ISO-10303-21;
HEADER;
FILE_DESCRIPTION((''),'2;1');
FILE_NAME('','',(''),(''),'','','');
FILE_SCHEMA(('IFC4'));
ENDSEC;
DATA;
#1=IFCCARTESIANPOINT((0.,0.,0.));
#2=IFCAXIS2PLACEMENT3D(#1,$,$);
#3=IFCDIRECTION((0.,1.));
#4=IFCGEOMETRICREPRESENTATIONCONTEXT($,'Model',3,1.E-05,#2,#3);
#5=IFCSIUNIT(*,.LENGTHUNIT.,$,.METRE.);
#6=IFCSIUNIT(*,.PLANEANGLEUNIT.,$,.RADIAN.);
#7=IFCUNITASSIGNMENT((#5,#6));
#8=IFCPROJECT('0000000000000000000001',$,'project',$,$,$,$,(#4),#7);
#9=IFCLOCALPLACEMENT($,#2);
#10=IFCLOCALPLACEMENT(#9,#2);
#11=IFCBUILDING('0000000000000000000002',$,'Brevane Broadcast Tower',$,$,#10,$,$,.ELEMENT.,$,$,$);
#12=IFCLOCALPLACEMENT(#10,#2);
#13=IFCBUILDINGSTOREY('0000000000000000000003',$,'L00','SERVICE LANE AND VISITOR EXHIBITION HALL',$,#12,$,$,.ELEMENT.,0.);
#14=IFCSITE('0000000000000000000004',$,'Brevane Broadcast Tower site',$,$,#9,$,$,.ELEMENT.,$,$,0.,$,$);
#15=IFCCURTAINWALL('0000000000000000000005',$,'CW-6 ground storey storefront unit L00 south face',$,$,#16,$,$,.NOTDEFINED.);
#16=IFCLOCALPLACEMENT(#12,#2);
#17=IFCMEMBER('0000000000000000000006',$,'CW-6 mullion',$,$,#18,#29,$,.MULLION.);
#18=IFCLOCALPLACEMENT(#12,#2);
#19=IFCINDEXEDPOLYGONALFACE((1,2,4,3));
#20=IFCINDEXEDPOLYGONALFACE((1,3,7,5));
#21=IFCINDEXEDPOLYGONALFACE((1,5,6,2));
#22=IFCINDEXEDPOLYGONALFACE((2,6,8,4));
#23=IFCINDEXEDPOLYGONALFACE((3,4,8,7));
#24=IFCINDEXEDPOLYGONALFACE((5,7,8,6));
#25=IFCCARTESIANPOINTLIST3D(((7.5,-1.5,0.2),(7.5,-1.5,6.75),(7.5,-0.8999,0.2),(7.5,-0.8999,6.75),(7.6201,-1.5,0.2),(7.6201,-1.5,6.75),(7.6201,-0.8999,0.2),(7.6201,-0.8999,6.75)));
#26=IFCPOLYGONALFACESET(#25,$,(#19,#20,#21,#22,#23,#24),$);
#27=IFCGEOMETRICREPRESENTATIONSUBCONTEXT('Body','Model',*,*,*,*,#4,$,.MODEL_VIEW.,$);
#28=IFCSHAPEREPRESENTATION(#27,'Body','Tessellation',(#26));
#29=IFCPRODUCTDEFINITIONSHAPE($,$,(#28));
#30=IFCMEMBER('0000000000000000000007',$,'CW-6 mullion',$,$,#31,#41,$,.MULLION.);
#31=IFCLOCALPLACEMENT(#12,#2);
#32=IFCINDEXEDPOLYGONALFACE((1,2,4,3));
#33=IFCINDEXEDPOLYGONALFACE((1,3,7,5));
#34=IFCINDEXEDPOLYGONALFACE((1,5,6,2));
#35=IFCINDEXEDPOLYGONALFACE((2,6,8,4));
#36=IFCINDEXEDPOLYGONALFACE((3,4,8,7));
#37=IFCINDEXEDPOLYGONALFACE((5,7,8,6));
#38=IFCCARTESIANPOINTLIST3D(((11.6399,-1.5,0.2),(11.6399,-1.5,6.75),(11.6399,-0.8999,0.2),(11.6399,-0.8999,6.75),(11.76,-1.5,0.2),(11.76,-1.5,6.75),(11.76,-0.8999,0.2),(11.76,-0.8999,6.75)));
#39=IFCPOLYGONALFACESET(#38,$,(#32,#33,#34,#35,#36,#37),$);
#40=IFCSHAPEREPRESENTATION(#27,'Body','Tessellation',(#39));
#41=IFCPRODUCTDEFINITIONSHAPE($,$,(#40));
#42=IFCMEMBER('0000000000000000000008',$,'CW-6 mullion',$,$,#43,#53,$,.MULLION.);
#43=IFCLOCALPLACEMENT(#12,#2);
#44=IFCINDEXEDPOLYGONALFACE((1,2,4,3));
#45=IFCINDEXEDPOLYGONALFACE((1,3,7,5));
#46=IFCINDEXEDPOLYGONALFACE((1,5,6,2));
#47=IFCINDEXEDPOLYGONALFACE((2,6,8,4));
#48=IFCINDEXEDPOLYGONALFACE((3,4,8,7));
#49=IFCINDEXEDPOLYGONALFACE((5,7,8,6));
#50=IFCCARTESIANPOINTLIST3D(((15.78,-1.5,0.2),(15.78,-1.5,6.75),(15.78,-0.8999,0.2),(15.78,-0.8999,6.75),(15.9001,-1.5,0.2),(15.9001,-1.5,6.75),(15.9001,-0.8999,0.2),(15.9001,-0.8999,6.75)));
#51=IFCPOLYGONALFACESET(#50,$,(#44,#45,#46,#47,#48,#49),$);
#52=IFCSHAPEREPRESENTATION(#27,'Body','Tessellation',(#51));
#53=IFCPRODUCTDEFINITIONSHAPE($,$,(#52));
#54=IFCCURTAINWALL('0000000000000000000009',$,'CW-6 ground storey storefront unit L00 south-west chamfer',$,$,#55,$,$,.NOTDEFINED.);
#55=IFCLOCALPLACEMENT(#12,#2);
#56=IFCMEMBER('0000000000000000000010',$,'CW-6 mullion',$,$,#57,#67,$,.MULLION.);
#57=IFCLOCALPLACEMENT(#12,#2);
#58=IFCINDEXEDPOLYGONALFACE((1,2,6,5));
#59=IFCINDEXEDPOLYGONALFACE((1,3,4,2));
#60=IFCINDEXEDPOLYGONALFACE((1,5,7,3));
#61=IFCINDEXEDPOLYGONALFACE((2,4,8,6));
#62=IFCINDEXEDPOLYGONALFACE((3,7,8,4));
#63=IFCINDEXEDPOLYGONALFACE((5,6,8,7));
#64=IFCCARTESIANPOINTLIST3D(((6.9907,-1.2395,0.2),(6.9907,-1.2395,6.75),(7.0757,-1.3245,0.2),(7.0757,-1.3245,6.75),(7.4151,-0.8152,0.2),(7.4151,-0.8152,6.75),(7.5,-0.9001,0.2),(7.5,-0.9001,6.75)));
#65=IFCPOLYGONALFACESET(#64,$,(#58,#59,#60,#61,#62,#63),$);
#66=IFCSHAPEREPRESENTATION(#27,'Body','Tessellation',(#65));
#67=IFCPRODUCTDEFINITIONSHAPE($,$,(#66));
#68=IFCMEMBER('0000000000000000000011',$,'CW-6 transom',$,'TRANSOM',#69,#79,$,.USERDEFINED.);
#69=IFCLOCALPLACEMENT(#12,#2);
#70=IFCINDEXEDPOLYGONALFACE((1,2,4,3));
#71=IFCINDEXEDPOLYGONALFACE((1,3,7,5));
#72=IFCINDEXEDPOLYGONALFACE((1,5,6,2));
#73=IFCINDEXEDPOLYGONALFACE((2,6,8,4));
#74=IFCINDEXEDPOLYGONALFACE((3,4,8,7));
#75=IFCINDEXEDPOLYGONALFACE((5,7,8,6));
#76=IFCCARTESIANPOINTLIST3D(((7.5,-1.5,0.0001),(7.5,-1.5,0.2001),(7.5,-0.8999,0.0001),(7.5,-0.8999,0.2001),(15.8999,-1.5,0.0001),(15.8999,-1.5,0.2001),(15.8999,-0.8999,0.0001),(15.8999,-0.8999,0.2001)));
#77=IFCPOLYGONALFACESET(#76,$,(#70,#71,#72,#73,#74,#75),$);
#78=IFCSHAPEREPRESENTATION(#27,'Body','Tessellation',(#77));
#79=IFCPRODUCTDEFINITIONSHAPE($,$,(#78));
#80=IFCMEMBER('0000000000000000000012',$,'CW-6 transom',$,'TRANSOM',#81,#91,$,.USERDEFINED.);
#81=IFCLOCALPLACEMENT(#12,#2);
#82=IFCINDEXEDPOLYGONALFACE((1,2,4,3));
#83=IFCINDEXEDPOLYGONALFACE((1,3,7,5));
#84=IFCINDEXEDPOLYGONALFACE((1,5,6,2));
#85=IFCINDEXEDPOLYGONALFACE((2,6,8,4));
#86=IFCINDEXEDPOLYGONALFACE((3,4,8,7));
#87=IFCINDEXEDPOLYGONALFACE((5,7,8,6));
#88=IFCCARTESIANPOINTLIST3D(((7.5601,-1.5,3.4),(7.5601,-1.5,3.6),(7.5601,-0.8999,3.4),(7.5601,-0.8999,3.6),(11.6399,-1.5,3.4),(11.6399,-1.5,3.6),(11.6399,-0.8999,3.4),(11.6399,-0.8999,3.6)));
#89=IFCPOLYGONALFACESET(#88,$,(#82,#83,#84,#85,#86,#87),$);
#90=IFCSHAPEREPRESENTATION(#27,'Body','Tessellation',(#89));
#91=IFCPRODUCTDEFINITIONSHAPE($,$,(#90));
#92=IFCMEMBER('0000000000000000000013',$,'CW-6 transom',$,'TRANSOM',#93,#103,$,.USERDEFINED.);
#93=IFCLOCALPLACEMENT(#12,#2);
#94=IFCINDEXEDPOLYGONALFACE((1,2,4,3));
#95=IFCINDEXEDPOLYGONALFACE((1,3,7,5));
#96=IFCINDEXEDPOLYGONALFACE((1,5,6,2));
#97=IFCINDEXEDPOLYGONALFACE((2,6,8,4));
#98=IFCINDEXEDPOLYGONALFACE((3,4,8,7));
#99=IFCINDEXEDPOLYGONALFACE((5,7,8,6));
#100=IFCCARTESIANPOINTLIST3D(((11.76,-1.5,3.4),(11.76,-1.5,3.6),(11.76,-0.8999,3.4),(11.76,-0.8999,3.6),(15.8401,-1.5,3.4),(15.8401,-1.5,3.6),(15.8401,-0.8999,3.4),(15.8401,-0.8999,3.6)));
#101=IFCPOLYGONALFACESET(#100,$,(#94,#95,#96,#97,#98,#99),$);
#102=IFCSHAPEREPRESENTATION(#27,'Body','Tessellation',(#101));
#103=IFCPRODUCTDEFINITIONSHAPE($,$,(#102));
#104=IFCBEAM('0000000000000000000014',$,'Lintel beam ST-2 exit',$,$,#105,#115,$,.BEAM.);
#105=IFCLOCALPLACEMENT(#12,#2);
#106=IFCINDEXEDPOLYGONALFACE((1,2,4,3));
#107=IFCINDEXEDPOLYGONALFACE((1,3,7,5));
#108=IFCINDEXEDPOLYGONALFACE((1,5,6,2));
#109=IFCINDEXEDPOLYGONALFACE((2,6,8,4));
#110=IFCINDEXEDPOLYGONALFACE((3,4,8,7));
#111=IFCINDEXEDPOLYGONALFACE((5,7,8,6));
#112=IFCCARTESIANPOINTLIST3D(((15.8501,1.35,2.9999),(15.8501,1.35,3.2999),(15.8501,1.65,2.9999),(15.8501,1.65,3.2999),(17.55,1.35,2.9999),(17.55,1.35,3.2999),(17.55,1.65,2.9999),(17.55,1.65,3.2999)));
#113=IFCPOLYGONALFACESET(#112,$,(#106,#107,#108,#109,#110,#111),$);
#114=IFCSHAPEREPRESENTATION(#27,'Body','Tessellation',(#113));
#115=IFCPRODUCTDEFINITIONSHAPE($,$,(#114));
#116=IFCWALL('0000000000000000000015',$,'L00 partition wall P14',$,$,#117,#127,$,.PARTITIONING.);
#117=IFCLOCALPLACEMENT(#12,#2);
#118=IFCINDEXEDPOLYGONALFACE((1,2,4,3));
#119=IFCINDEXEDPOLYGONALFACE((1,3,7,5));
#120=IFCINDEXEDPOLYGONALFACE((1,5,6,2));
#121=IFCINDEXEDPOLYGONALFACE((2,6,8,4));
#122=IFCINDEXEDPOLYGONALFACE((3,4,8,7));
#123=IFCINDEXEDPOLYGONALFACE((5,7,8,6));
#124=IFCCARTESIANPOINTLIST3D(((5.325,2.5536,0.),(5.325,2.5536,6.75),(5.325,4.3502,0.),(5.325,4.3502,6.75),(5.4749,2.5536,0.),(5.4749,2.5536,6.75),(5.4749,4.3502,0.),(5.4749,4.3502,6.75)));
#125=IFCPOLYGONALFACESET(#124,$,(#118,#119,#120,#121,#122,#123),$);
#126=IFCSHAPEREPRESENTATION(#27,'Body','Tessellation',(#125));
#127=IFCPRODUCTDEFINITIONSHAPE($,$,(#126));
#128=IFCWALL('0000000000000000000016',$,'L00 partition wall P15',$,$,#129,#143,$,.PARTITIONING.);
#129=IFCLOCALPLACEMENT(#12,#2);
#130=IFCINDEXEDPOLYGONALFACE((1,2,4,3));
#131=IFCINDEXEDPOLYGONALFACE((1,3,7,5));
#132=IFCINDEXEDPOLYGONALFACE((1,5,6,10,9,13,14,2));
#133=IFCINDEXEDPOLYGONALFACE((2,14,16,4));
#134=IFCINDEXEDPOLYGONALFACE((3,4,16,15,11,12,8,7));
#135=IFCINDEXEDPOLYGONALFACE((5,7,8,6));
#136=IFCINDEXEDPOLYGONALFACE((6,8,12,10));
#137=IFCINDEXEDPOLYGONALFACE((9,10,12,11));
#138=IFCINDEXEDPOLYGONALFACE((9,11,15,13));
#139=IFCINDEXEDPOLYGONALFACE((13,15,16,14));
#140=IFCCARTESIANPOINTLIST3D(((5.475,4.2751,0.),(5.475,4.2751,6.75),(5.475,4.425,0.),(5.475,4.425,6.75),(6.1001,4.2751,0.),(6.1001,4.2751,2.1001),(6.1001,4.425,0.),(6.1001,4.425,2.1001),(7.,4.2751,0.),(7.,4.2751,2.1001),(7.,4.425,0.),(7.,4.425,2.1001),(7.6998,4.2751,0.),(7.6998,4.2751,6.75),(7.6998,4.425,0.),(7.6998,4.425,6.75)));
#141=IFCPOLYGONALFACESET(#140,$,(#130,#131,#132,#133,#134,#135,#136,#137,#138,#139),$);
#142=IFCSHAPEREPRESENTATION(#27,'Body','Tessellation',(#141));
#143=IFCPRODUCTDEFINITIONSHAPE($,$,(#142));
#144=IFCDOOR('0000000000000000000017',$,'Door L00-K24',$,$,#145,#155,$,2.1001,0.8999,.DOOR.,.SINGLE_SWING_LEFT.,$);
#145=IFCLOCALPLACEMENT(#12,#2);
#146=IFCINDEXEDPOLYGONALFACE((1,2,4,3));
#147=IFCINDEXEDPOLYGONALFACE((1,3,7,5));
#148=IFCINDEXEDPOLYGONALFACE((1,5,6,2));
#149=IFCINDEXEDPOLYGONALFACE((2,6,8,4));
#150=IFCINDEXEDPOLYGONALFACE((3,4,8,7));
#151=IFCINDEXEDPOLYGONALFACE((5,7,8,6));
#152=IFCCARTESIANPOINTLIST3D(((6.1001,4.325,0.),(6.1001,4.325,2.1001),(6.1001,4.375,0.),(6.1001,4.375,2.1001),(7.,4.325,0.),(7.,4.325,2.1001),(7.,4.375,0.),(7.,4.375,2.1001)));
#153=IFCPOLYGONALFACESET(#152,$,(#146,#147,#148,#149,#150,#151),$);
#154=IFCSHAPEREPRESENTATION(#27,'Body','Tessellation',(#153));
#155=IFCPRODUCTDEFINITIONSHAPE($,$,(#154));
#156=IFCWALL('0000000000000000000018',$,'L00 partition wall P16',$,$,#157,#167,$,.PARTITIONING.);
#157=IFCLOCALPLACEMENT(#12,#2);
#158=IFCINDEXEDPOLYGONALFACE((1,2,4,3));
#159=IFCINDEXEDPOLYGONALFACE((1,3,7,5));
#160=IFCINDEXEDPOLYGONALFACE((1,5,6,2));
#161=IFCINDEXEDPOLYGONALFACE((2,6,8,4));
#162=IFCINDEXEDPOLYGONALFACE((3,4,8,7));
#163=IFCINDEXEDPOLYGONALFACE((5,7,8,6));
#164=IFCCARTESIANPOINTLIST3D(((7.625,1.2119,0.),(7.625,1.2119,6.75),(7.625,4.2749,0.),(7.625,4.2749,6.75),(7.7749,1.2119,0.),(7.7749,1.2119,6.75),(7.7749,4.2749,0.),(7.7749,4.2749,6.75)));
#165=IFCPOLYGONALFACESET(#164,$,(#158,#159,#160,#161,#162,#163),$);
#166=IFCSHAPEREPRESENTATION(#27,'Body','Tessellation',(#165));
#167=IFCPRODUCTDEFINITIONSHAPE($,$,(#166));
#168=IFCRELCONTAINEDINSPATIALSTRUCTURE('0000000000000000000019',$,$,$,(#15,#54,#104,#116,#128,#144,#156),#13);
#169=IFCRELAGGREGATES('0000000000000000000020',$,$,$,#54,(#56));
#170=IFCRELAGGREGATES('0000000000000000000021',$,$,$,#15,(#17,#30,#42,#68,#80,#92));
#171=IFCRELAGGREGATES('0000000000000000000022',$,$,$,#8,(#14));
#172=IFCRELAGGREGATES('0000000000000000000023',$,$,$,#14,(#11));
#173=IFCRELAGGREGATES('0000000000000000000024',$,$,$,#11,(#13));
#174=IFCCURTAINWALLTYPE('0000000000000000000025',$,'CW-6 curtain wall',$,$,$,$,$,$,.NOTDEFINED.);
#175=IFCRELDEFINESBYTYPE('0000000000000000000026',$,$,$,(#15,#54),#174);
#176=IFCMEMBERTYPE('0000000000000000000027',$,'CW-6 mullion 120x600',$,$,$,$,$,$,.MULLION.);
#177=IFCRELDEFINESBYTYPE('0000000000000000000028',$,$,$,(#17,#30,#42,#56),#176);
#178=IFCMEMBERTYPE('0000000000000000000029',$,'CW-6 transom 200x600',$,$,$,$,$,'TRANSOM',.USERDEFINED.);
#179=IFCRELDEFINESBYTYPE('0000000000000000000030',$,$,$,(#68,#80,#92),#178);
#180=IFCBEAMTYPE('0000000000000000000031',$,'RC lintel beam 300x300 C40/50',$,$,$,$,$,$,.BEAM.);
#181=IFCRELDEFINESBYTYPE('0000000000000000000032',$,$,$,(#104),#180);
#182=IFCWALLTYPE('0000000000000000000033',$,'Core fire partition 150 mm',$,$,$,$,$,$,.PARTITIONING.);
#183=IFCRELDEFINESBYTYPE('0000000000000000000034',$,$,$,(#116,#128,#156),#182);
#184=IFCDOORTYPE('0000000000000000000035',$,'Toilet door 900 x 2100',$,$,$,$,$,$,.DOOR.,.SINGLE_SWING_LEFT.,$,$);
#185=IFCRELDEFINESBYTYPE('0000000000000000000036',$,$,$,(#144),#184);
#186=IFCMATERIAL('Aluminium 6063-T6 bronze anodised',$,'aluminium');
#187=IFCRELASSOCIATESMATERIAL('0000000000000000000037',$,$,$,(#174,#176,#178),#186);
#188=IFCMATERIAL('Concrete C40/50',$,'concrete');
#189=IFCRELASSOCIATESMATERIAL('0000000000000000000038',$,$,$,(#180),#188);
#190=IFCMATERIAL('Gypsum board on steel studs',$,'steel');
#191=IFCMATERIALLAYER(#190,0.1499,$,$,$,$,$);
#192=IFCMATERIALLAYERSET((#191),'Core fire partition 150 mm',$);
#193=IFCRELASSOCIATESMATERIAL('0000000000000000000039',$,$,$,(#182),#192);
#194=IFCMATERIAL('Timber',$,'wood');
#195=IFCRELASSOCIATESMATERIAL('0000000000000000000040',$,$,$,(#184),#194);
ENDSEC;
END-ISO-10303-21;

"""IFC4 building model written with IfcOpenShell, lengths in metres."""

from ifc_helpers import new_model, si_unit, direction, frame, frame_2d, origin, origin_2d, place, context, subcontext, project, spatial, rectangle, extrude, material, layer, layer_set, material_profile, profile_set, type_object, element, fill, aggregate, save


model = new_model("IFC4")

# Units and contexts
model_context = context("Model", 3, precision=1e-05, world=origin(), true_north=direction((0.0, 1.0)))
body_context = subcontext(model_context, "Body", "Model", "MODEL_VIEW")
ifc_project = project(units=[si_unit("LENGTHUNIT", "METRE"), si_unit("PLANEANGLEUNIT", "RADIAN")], contexts=[model_context])

# Site, building, storey
site_placement = place(None, origin())
site = spatial("IfcSite", under=ifc_project, at=site_placement, Name="Brevane Broadcast Tower site", CompositionType="ELEMENT", RefElevation=0.0)
building_placement = place(site_placement, origin())
building = spatial("IfcBuilding", under=site, at=building_placement, Name="Brevane Broadcast Tower", CompositionType="ELEMENT")
storey_placement = place(building_placement, origin())
storey = spatial("IfcBuildingStorey", under=building, at=storey_placement, Name="L00", Description="SERVICE LANE AND VISITOR EXHIBITION HALL", CompositionType="ELEMENT", Elevation=0.0)

# Curtain wall, members
ifc_material_1 = material(Name="Aluminium 6063-T6 bronze anodised", Category="aluminium")
curtain_wall_type = type_object("IfcCurtainWallType", Name="CW-6 curtain wall", PredefinedType="NOTDEFINED", material=ifc_material_1)
curtain_wall_1_placement = place(storey_placement, origin())
curtain_wall_1 = element("IfcCurtainWall", 1, at=curtain_wall_1_placement, inside=storey, type_object=curtain_wall_type, Name="CW-6 ground storey storefront unit L00 south face", PredefinedType="NOTDEFINED")
ifc_material_profile_1 = material_profile(ifc_material_1, rectangle(XDim=0.6001, YDim=0.1201, at=origin_2d()), Name="RECT 120x600")
ifc_profile_set_1 = profile_set([ifc_material_profile_1], Name="Aluminium 6063-T6 bronze anodised")
member_type_1 = type_object("IfcMemberType", Name="CW-6 mullion 120x600", PredefinedType="MULLION", material=ifc_profile_set_1)
member_1_placement = place(storey_placement, frame((7.5601, -1.2, 0.2), z_axis=(0.0, 0.0, 1.0), x_axis=(0.0, 1.0, 0.0)))
member_1 = element("IfcMember", 2, at=member_1_placement, type_object=member_type_1, Name="CW-6 mullion", PredefinedType="MULLION", context=body_context, shape_type="SweptSolid", body=[
    extrude(rectangle(XDim=0.6001, YDim=0.1201, at=origin_2d()), origin(), (0.0, 0.0, 1.0), 6.55),
])
member_2_placement = place(storey_placement, frame((11.7, -1.2, 0.2), z_axis=(0.0, 0.0, 1.0), x_axis=(0.0, 1.0, 0.0)))
member_2 = element("IfcMember", 3, at=member_2_placement, type_object=member_type_1, Name="CW-6 mullion", PredefinedType="MULLION", context=body_context, shape_type="SweptSolid", body=[
    extrude(rectangle(XDim=0.6001, YDim=0.1201, at=origin_2d()), origin(), (0.0, 0.0, 1.0), 6.55),
])
member_3_placement = place(storey_placement, frame((15.8401, -1.2, 0.2), z_axis=(0.0, 0.0, 1.0), x_axis=(0.0, 1.0, 0.0)))
member_3 = element("IfcMember", 4, at=member_3_placement, type_object=member_type_1, Name="CW-6 mullion", PredefinedType="MULLION", context=body_context, shape_type="SweptSolid", body=[
    extrude(rectangle(XDim=0.6001, YDim=0.1201, at=origin_2d()), origin(), (0.0, 0.0, 1.0), 6.55),
])

# Curtain wall, member
curtain_wall_2_placement = place(storey_placement, origin())
curtain_wall_2 = element("IfcCurtainWall", 5, at=curtain_wall_2_placement, inside=storey, type_object=curtain_wall_type, Name="CW-6 ground storey storefront unit L00 south-west chamfer", PredefinedType="NOTDEFINED")
member_4_placement = place(storey_placement, frame((7.2454, -1.0698, 0.2), z_axis=(0.0, 0.0, 1.0), x_axis=(0.707107, 0.707107, 0.0)))
member_4 = element("IfcMember", 6, at=member_4_placement, type_object=member_type_1, Name="CW-6 mullion", PredefinedType="MULLION", context=body_context, shape_type="SweptSolid", body=[
    extrude(rectangle(XDim=0.6001, YDim=0.1201, at=origin_2d()), origin(), (0.0, 0.0, 1.0), 6.55),
])
aggregate(curtain_wall_2, [member_4])

# Members
ifc_material_profile_2 = material_profile(ifc_material_1, rectangle(XDim=0.6001, YDim=0.2, at=origin_2d()), Name="RECT 200x600")
ifc_profile_set_2 = profile_set([ifc_material_profile_2], Name="Aluminium 6063-T6 bronze anodised")
member_type_2 = type_object("IfcMemberType", Name="CW-6 transom 200x600", ElementType="TRANSOM", PredefinedType="USERDEFINED", material=ifc_profile_set_2)
member_5_placement = place(storey_placement, frame((7.5, -1.2, 0.1001), z_axis=(1.0, 0.0, 0.0), x_axis=(0.0, 1.0, 0.0)))
member_5 = element("IfcMember", 7, at=member_5_placement, type_object=member_type_2, Name="CW-6 transom", ObjectType="TRANSOM", PredefinedType="USERDEFINED", context=body_context, shape_type="SweptSolid", body=[
    extrude(rectangle(XDim=0.6001, YDim=0.2, at=origin_2d()), origin(), (0.0, 0.0, 1.0), 8.3999),
])
member_6_placement = place(storey_placement, frame((7.5601, -1.2, 3.5), z_axis=(1.0, 0.0, 0.0), x_axis=(0.0, 1.0, 0.0)))
member_6 = element("IfcMember", 8, at=member_6_placement, type_object=member_type_2, Name="CW-6 transom", ObjectType="TRANSOM", PredefinedType="USERDEFINED", context=body_context, shape_type="SweptSolid", body=[
    extrude(rectangle(XDim=0.6001, YDim=0.2, at=origin_2d()), origin(), (0.0, 0.0, 1.0), 4.0798),
])
member_7_placement = place(storey_placement, frame((11.76, -1.2, 3.5), z_axis=(1.0, 0.0, 0.0), x_axis=(0.0, 1.0, 0.0)))
member_7 = element("IfcMember", 9, at=member_7_placement, type_object=member_type_2, Name="CW-6 transom", ObjectType="TRANSOM", PredefinedType="USERDEFINED", context=body_context, shape_type="SweptSolid", body=[
    extrude(rectangle(XDim=0.6001, YDim=0.2, at=origin_2d()), origin(), (0.0, 0.0, 1.0), 4.0801),
])
aggregate(curtain_wall_1, [member_1, member_2, member_3, member_5, member_6, member_7])

# Beam
ifc_material_2 = material(Name="Concrete C40/50", Category="concrete")
ifc_material_profile_3 = material_profile(ifc_material_2, rectangle(XDim=0.3, YDim=0.3, at=origin_2d()), Name="RC 300x300")
ifc_profile_set_3 = profile_set([ifc_material_profile_3], Name="Concrete C40/50")
beam_type = type_object("IfcBeamType", Name="RC lintel beam 300x300 C40/50", PredefinedType="BEAM", material=ifc_profile_set_3)
beam_placement = place(storey_placement, frame((15.8501, 1.5, 3.1499), z_axis=(1.0, 0.0, 0.0), x_axis=(0.0, 1.0, 0.0)))
element("IfcBeam", 10, at=beam_placement, inside=storey, type_object=beam_type, Name="Lintel beam ST-2 exit", PredefinedType="BEAM", context=body_context, shape_type="SweptSolid", body=[
    extrude(rectangle(XDim=0.3, YDim=0.3, at=origin_2d()), origin(), (0.0, 0.0, 1.0), 1.7),
])

# Wall
ifc_material_3 = material(Name="Gypsum board on steel studs", Category="steel")
ifc_layer_1 = layer(ifc_material_3, 0.1499)
ifc_layer_set_1 = layer_set([ifc_layer_1], Name="Core fire partition 150 mm")
wall_type_1 = type_object("IfcWallType", Name="Core fire partition 150 mm", PredefinedType="PARTITIONING", material=ifc_layer_set_1)
wall_1_placement = place(storey_placement, frame((5.3999, 2.5535, 0.0), z_axis=(0.0, 0.0, 1.0), x_axis=(0.0, 1.0, 0.0)))
element("IfcWall", 11, at=wall_1_placement, inside=storey, type_object=wall_type_1, Name="L00 partition wall P14", PredefinedType="PARTITIONING", context=body_context, shape_type="SweptSolid", body=[
    extrude(rectangle(XDim=1.7966, YDim=0.1499, at=frame_2d((0.8984, 0.0))), origin(), (0.0, 0.0, 1.0), 6.75),
])

# Wall, opening, door
wall_2_placement = place(storey_placement, frame((5.4751, 4.3501, 0.0), z_axis=(0.0, 0.0, 1.0), x_axis=(1.0, 0.0, 0.0)))
wall_2 = element("IfcWall", 12, at=wall_2_placement, inside=storey, type_object=wall_type_1, Name="L00 partition wall P15", PredefinedType="PARTITIONING", context=body_context, shape_type="SweptSolid", body=[
    extrude(rectangle(XDim=2.2249, YDim=0.1499, at=frame_2d((1.1123, 0.0))), origin(), (0.0, 0.0, 1.0), 6.75),
])
opening_1_placement = place(wall_2_placement, frame((0.625, 0.0, 0.0)))
opening_1 = element("IfcOpeningElement", 13, at=opening_1_placement, cuts=wall_2, PredefinedType="OPENING", context=body_context, shape_type="SweptSolid", body=[
    extrude(rectangle(XDim=0.8999, YDim=2.1001, at=frame_2d((0.45, 1.05))), frame((0.0, 0.085, 0.0), z_axis=(0.0, -1.0, 0.0), x_axis=(1.0, 0.0, 0.0)), (0.0, 0.0, 1.0), 0.1699),
])
ifc_material_4 = material(Name="Timber", Category="wood")
door_type_1 = type_object("IfcDoorType", Name="Toilet door 900 x 2100", OperationType="SINGLE_SWING_LEFT", PredefinedType="DOOR", material=ifc_material_4)
door_1_placement = place(opening_1_placement, origin())
door_1 = element("IfcDoor", 14, at=door_1_placement, inside=storey, type_object=door_type_1, Name="Door L00-K24", OperationType="SINGLE_SWING_LEFT", OverallHeight=2.1001, OverallWidth=0.8999, PredefinedType="DOOR", context=body_context, shape_type="SweptSolid", body=[
    extrude(rectangle(XDim=0.8999, YDim=2.1001, at=frame_2d((0.45, 1.05))), frame((0.0, 0.0249, 0.0), z_axis=(0.0, -1.0, 0.0), x_axis=(1.0, 0.0, 0.0)), (0.0, 0.0, 1.0), 0.05),
])
fill(opening_1, door_1)

# Wall
wall_3_placement = place(storey_placement, frame((7.7, 4.2749, 0.0), z_axis=(0.0, 0.0, 1.0), x_axis=(0.0, -1.0, 0.0)))
element("IfcWall", 15, at=wall_3_placement, inside=storey, type_object=wall_type_1, Name="L00 partition wall P16", PredefinedType="PARTITIONING", context=body_context, shape_type="SweptSolid", body=[
    extrude(rectangle(XDim=3.063, YDim=0.1499, at=frame_2d((1.5315, 0.0))), origin(), (0.0, 0.0, 1.0), 6.75),
])

save(model, "model.ifc")
